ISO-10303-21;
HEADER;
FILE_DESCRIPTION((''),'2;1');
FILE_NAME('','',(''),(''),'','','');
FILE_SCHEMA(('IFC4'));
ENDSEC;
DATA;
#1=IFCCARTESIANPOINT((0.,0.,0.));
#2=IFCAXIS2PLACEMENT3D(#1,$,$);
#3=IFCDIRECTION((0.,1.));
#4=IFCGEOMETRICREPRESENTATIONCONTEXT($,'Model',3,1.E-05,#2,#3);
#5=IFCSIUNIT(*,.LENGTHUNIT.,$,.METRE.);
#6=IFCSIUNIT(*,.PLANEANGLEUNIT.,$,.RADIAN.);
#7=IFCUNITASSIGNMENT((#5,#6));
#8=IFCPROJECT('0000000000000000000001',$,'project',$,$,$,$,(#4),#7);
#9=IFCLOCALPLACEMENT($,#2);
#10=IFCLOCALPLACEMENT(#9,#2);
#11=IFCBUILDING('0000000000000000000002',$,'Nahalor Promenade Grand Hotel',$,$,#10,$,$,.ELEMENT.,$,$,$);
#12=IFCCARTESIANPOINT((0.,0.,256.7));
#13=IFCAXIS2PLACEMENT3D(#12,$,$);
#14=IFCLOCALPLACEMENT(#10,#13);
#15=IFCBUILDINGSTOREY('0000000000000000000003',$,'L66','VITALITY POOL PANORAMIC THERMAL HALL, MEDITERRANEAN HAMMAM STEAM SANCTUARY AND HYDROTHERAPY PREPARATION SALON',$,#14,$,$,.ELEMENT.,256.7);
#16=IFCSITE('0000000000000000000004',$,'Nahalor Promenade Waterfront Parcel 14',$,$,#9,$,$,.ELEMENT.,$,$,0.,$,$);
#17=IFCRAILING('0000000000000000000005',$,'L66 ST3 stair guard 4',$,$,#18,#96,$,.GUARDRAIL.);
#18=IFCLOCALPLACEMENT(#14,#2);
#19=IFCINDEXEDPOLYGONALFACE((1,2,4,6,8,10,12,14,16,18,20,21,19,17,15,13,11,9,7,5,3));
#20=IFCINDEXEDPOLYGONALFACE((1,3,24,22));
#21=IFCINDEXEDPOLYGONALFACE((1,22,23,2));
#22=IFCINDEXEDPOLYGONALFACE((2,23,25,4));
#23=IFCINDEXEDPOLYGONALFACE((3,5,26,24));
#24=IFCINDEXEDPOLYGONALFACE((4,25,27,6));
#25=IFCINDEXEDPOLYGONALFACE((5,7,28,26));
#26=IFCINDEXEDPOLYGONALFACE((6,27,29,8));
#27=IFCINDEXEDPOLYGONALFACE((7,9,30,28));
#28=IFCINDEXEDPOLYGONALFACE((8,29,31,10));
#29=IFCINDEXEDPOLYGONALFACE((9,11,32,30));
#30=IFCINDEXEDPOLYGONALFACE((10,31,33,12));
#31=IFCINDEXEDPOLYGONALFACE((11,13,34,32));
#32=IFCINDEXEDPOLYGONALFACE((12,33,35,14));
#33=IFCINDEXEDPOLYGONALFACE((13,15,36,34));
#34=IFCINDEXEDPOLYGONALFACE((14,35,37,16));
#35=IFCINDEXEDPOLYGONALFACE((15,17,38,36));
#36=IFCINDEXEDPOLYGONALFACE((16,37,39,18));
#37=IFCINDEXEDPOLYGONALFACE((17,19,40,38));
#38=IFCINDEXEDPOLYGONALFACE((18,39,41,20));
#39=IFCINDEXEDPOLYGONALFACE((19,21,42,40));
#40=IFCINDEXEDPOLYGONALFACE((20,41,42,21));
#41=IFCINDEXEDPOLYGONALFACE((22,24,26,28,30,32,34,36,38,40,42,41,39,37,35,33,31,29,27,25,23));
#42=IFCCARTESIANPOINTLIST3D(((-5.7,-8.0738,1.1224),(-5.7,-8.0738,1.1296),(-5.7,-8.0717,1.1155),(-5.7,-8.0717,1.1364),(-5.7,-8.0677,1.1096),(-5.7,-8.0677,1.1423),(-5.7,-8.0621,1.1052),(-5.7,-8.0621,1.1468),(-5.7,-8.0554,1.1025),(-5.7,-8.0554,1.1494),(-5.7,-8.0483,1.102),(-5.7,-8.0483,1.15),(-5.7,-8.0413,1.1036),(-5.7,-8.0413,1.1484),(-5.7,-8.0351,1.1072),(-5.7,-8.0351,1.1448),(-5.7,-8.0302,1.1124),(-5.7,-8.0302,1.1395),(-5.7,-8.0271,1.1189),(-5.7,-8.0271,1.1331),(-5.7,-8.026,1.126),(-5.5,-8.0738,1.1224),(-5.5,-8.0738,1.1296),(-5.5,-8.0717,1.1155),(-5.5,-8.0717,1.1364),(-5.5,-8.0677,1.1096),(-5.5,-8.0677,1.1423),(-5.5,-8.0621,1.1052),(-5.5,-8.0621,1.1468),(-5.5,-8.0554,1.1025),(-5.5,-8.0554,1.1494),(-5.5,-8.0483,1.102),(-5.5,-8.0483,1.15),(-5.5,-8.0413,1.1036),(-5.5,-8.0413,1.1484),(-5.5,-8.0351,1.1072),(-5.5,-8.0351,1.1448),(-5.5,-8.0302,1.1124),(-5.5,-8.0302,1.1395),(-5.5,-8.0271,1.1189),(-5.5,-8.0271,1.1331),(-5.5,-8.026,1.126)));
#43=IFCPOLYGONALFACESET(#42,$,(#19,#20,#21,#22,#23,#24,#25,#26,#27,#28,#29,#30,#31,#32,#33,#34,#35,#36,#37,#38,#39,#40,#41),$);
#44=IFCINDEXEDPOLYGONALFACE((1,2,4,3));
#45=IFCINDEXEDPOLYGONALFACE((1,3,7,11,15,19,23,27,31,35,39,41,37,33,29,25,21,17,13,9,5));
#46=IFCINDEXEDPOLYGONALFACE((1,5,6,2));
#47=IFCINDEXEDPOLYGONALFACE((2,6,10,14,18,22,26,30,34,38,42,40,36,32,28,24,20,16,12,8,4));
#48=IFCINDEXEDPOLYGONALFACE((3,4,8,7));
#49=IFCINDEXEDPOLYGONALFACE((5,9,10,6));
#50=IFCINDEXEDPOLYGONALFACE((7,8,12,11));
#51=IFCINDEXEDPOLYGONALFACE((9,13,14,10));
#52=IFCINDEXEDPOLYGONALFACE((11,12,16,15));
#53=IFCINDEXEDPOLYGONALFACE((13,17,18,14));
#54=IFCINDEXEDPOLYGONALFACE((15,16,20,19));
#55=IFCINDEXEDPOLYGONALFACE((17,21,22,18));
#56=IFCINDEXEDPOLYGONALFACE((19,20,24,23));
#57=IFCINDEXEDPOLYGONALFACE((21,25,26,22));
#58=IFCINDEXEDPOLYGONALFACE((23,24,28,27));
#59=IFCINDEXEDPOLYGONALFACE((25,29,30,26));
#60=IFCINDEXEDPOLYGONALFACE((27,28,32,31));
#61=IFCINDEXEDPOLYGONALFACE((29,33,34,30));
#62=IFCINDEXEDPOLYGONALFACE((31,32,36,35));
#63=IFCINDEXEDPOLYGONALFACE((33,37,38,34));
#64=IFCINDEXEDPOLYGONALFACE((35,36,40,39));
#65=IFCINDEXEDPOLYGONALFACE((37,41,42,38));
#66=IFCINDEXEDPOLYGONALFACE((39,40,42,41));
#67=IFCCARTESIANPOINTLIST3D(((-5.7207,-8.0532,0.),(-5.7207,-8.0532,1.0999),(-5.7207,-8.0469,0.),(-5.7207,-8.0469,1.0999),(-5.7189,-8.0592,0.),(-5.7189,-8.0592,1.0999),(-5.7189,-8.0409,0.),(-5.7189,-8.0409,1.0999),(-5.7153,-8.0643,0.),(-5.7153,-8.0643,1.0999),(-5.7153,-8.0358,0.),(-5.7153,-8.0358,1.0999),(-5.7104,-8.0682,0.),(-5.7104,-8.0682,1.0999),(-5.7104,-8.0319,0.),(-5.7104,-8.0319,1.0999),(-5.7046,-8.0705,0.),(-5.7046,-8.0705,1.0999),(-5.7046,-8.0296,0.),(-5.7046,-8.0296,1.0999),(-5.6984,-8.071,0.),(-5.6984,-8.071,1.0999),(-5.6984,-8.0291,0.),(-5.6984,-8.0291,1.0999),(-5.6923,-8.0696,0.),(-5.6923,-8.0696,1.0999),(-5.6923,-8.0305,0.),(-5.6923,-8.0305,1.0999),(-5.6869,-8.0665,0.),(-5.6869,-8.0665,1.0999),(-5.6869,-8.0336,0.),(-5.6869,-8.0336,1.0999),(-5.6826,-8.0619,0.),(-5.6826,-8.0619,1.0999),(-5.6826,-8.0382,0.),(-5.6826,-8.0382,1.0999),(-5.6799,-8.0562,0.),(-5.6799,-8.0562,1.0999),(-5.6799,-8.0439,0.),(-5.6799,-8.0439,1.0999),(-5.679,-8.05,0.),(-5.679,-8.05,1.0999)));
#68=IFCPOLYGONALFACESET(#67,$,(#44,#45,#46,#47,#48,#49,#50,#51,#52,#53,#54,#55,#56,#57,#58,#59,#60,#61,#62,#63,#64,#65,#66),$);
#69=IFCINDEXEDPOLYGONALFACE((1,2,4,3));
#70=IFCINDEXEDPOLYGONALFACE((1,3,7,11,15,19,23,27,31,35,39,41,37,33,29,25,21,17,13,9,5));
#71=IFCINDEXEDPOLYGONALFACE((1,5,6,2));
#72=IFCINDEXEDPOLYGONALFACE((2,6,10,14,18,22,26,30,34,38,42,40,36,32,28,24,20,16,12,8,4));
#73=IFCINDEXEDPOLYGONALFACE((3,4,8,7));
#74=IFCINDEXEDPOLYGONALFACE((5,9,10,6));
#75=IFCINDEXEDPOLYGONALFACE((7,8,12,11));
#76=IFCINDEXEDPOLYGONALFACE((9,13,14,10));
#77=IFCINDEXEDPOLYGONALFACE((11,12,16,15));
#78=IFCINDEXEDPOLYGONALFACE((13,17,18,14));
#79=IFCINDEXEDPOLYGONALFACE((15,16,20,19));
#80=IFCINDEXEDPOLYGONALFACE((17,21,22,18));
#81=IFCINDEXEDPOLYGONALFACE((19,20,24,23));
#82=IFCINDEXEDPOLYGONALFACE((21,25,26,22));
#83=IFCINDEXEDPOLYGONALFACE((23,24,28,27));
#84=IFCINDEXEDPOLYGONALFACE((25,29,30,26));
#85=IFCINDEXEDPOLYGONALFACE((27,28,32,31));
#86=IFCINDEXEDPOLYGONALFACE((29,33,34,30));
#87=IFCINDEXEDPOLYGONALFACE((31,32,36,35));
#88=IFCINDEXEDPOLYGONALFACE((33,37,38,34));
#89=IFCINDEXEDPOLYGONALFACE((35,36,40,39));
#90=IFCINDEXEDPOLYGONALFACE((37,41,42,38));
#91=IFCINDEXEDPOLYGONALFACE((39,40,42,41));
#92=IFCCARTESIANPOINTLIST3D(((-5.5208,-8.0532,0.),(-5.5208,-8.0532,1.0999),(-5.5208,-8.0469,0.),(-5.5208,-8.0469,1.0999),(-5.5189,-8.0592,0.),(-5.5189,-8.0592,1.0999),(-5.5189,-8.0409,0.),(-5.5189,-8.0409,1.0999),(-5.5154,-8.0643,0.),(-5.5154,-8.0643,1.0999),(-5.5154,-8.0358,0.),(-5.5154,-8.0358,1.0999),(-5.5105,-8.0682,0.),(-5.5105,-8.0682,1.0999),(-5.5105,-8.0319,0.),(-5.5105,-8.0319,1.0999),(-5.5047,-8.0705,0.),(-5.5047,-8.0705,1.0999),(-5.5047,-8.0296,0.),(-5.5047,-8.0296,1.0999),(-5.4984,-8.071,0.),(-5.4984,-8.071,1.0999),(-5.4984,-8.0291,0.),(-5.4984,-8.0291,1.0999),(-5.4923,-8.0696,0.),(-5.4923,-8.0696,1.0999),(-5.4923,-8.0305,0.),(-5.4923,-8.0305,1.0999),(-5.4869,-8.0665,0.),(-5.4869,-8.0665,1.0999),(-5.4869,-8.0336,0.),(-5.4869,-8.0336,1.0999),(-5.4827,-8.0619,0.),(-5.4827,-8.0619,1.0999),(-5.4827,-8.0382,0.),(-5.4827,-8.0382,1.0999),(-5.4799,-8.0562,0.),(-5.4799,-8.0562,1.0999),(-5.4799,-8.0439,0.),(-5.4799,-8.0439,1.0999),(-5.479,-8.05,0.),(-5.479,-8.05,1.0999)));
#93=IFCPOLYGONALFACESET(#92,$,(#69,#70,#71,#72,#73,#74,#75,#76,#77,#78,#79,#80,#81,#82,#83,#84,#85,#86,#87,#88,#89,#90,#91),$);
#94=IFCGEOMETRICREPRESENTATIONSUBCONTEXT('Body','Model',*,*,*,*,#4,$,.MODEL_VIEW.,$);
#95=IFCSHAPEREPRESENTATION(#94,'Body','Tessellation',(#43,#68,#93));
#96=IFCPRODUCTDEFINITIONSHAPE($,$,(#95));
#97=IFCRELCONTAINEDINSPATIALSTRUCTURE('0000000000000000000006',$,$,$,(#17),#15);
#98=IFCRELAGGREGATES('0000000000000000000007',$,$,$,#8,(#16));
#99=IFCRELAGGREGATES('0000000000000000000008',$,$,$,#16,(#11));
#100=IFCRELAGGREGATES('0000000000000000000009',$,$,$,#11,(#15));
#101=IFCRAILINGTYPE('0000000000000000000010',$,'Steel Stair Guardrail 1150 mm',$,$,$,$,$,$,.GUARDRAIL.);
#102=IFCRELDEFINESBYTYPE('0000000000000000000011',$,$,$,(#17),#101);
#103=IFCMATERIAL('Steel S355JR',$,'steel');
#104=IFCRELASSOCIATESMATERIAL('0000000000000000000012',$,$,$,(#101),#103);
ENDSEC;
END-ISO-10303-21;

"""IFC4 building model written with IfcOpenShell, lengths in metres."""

from ifc_helpers import new_model, si_unit, direction, frame, origin, origin_2d, place, context, subcontext, project, spatial, circle, extrude, material, type_object, element, save


model = new_model("IFC4")

# Units and contexts
model_context = context("Model", 3, precision=1e-05, world=origin(), true_north=direction((0.0, 1.0)))
body_context = subcontext(model_context, "Body", "Model", "MODEL_VIEW")
ifc_project = project(units=[si_unit("LENGTHUNIT", "METRE"), si_unit("PLANEANGLEUNIT", "RADIAN")], contexts=[model_context])

# Site, building, storey
site_placement = place(None, origin())
site = spatial("IfcSite", under=ifc_project, at=site_placement, Name="Nahalor Promenade Waterfront Parcel 14", CompositionType="ELEMENT", RefElevation=0.0)
building_placement = place(site_placement, origin())
building = spatial("IfcBuilding", under=site, at=building_placement, Name="Nahalor Promenade Grand Hotel", CompositionType="ELEMENT")
storey_placement = place(building_placement, frame((0.0, 0.0, 256.7)))
storey = spatial("IfcBuildingStorey", under=building, at=storey_placement, Name="L66", Description="VITALITY POOL PANORAMIC THERMAL HALL, MEDITERRANEAN HAMMAM STEAM SANCTUARY AND HYDROTHERAPY PREPARATION SALON", CompositionType="ELEMENT", Elevation=256.7)

# Shared definitions
ifc_material_1 = material(Name="Steel S355JR", Category="steel")

# Railing
railing_type_1 = type_object("IfcRailingType", Name="Steel Stair Guardrail 1150 mm", PredefinedType="GUARDRAIL", material=ifc_material_1)
railing_1_placement = place(storey_placement, frame((-5.7, -8.05, 0.0)))
element("IfcRailing", 1, at=railing_1_placement, inside=storey, type_object=railing_type_1, Name="L66 ST3 stair guard 4", PredefinedType="GUARDRAIL", context=body_context, shape_type="SweptSolid", body=[
    extrude(circle(Radius=0.024, at=origin_2d()), frame((0.0, 0.0, 1.126), z_axis=(1.0, 0.0, 0.0), x_axis=(0.0, 1.0, 0.0)), (0.0, 0.0, 1.0), 0.2),
    extrude(circle(Radius=0.021, at=origin_2d()), origin(), (0.0, 0.0, 1.0), 1.0999),
    extrude(circle(Radius=0.021, at=origin_2d()), frame((0.2, 0.0, 0.0)), (0.0, 0.0, 1.0), 1.0999),
])

save(model, "model.ifc")
